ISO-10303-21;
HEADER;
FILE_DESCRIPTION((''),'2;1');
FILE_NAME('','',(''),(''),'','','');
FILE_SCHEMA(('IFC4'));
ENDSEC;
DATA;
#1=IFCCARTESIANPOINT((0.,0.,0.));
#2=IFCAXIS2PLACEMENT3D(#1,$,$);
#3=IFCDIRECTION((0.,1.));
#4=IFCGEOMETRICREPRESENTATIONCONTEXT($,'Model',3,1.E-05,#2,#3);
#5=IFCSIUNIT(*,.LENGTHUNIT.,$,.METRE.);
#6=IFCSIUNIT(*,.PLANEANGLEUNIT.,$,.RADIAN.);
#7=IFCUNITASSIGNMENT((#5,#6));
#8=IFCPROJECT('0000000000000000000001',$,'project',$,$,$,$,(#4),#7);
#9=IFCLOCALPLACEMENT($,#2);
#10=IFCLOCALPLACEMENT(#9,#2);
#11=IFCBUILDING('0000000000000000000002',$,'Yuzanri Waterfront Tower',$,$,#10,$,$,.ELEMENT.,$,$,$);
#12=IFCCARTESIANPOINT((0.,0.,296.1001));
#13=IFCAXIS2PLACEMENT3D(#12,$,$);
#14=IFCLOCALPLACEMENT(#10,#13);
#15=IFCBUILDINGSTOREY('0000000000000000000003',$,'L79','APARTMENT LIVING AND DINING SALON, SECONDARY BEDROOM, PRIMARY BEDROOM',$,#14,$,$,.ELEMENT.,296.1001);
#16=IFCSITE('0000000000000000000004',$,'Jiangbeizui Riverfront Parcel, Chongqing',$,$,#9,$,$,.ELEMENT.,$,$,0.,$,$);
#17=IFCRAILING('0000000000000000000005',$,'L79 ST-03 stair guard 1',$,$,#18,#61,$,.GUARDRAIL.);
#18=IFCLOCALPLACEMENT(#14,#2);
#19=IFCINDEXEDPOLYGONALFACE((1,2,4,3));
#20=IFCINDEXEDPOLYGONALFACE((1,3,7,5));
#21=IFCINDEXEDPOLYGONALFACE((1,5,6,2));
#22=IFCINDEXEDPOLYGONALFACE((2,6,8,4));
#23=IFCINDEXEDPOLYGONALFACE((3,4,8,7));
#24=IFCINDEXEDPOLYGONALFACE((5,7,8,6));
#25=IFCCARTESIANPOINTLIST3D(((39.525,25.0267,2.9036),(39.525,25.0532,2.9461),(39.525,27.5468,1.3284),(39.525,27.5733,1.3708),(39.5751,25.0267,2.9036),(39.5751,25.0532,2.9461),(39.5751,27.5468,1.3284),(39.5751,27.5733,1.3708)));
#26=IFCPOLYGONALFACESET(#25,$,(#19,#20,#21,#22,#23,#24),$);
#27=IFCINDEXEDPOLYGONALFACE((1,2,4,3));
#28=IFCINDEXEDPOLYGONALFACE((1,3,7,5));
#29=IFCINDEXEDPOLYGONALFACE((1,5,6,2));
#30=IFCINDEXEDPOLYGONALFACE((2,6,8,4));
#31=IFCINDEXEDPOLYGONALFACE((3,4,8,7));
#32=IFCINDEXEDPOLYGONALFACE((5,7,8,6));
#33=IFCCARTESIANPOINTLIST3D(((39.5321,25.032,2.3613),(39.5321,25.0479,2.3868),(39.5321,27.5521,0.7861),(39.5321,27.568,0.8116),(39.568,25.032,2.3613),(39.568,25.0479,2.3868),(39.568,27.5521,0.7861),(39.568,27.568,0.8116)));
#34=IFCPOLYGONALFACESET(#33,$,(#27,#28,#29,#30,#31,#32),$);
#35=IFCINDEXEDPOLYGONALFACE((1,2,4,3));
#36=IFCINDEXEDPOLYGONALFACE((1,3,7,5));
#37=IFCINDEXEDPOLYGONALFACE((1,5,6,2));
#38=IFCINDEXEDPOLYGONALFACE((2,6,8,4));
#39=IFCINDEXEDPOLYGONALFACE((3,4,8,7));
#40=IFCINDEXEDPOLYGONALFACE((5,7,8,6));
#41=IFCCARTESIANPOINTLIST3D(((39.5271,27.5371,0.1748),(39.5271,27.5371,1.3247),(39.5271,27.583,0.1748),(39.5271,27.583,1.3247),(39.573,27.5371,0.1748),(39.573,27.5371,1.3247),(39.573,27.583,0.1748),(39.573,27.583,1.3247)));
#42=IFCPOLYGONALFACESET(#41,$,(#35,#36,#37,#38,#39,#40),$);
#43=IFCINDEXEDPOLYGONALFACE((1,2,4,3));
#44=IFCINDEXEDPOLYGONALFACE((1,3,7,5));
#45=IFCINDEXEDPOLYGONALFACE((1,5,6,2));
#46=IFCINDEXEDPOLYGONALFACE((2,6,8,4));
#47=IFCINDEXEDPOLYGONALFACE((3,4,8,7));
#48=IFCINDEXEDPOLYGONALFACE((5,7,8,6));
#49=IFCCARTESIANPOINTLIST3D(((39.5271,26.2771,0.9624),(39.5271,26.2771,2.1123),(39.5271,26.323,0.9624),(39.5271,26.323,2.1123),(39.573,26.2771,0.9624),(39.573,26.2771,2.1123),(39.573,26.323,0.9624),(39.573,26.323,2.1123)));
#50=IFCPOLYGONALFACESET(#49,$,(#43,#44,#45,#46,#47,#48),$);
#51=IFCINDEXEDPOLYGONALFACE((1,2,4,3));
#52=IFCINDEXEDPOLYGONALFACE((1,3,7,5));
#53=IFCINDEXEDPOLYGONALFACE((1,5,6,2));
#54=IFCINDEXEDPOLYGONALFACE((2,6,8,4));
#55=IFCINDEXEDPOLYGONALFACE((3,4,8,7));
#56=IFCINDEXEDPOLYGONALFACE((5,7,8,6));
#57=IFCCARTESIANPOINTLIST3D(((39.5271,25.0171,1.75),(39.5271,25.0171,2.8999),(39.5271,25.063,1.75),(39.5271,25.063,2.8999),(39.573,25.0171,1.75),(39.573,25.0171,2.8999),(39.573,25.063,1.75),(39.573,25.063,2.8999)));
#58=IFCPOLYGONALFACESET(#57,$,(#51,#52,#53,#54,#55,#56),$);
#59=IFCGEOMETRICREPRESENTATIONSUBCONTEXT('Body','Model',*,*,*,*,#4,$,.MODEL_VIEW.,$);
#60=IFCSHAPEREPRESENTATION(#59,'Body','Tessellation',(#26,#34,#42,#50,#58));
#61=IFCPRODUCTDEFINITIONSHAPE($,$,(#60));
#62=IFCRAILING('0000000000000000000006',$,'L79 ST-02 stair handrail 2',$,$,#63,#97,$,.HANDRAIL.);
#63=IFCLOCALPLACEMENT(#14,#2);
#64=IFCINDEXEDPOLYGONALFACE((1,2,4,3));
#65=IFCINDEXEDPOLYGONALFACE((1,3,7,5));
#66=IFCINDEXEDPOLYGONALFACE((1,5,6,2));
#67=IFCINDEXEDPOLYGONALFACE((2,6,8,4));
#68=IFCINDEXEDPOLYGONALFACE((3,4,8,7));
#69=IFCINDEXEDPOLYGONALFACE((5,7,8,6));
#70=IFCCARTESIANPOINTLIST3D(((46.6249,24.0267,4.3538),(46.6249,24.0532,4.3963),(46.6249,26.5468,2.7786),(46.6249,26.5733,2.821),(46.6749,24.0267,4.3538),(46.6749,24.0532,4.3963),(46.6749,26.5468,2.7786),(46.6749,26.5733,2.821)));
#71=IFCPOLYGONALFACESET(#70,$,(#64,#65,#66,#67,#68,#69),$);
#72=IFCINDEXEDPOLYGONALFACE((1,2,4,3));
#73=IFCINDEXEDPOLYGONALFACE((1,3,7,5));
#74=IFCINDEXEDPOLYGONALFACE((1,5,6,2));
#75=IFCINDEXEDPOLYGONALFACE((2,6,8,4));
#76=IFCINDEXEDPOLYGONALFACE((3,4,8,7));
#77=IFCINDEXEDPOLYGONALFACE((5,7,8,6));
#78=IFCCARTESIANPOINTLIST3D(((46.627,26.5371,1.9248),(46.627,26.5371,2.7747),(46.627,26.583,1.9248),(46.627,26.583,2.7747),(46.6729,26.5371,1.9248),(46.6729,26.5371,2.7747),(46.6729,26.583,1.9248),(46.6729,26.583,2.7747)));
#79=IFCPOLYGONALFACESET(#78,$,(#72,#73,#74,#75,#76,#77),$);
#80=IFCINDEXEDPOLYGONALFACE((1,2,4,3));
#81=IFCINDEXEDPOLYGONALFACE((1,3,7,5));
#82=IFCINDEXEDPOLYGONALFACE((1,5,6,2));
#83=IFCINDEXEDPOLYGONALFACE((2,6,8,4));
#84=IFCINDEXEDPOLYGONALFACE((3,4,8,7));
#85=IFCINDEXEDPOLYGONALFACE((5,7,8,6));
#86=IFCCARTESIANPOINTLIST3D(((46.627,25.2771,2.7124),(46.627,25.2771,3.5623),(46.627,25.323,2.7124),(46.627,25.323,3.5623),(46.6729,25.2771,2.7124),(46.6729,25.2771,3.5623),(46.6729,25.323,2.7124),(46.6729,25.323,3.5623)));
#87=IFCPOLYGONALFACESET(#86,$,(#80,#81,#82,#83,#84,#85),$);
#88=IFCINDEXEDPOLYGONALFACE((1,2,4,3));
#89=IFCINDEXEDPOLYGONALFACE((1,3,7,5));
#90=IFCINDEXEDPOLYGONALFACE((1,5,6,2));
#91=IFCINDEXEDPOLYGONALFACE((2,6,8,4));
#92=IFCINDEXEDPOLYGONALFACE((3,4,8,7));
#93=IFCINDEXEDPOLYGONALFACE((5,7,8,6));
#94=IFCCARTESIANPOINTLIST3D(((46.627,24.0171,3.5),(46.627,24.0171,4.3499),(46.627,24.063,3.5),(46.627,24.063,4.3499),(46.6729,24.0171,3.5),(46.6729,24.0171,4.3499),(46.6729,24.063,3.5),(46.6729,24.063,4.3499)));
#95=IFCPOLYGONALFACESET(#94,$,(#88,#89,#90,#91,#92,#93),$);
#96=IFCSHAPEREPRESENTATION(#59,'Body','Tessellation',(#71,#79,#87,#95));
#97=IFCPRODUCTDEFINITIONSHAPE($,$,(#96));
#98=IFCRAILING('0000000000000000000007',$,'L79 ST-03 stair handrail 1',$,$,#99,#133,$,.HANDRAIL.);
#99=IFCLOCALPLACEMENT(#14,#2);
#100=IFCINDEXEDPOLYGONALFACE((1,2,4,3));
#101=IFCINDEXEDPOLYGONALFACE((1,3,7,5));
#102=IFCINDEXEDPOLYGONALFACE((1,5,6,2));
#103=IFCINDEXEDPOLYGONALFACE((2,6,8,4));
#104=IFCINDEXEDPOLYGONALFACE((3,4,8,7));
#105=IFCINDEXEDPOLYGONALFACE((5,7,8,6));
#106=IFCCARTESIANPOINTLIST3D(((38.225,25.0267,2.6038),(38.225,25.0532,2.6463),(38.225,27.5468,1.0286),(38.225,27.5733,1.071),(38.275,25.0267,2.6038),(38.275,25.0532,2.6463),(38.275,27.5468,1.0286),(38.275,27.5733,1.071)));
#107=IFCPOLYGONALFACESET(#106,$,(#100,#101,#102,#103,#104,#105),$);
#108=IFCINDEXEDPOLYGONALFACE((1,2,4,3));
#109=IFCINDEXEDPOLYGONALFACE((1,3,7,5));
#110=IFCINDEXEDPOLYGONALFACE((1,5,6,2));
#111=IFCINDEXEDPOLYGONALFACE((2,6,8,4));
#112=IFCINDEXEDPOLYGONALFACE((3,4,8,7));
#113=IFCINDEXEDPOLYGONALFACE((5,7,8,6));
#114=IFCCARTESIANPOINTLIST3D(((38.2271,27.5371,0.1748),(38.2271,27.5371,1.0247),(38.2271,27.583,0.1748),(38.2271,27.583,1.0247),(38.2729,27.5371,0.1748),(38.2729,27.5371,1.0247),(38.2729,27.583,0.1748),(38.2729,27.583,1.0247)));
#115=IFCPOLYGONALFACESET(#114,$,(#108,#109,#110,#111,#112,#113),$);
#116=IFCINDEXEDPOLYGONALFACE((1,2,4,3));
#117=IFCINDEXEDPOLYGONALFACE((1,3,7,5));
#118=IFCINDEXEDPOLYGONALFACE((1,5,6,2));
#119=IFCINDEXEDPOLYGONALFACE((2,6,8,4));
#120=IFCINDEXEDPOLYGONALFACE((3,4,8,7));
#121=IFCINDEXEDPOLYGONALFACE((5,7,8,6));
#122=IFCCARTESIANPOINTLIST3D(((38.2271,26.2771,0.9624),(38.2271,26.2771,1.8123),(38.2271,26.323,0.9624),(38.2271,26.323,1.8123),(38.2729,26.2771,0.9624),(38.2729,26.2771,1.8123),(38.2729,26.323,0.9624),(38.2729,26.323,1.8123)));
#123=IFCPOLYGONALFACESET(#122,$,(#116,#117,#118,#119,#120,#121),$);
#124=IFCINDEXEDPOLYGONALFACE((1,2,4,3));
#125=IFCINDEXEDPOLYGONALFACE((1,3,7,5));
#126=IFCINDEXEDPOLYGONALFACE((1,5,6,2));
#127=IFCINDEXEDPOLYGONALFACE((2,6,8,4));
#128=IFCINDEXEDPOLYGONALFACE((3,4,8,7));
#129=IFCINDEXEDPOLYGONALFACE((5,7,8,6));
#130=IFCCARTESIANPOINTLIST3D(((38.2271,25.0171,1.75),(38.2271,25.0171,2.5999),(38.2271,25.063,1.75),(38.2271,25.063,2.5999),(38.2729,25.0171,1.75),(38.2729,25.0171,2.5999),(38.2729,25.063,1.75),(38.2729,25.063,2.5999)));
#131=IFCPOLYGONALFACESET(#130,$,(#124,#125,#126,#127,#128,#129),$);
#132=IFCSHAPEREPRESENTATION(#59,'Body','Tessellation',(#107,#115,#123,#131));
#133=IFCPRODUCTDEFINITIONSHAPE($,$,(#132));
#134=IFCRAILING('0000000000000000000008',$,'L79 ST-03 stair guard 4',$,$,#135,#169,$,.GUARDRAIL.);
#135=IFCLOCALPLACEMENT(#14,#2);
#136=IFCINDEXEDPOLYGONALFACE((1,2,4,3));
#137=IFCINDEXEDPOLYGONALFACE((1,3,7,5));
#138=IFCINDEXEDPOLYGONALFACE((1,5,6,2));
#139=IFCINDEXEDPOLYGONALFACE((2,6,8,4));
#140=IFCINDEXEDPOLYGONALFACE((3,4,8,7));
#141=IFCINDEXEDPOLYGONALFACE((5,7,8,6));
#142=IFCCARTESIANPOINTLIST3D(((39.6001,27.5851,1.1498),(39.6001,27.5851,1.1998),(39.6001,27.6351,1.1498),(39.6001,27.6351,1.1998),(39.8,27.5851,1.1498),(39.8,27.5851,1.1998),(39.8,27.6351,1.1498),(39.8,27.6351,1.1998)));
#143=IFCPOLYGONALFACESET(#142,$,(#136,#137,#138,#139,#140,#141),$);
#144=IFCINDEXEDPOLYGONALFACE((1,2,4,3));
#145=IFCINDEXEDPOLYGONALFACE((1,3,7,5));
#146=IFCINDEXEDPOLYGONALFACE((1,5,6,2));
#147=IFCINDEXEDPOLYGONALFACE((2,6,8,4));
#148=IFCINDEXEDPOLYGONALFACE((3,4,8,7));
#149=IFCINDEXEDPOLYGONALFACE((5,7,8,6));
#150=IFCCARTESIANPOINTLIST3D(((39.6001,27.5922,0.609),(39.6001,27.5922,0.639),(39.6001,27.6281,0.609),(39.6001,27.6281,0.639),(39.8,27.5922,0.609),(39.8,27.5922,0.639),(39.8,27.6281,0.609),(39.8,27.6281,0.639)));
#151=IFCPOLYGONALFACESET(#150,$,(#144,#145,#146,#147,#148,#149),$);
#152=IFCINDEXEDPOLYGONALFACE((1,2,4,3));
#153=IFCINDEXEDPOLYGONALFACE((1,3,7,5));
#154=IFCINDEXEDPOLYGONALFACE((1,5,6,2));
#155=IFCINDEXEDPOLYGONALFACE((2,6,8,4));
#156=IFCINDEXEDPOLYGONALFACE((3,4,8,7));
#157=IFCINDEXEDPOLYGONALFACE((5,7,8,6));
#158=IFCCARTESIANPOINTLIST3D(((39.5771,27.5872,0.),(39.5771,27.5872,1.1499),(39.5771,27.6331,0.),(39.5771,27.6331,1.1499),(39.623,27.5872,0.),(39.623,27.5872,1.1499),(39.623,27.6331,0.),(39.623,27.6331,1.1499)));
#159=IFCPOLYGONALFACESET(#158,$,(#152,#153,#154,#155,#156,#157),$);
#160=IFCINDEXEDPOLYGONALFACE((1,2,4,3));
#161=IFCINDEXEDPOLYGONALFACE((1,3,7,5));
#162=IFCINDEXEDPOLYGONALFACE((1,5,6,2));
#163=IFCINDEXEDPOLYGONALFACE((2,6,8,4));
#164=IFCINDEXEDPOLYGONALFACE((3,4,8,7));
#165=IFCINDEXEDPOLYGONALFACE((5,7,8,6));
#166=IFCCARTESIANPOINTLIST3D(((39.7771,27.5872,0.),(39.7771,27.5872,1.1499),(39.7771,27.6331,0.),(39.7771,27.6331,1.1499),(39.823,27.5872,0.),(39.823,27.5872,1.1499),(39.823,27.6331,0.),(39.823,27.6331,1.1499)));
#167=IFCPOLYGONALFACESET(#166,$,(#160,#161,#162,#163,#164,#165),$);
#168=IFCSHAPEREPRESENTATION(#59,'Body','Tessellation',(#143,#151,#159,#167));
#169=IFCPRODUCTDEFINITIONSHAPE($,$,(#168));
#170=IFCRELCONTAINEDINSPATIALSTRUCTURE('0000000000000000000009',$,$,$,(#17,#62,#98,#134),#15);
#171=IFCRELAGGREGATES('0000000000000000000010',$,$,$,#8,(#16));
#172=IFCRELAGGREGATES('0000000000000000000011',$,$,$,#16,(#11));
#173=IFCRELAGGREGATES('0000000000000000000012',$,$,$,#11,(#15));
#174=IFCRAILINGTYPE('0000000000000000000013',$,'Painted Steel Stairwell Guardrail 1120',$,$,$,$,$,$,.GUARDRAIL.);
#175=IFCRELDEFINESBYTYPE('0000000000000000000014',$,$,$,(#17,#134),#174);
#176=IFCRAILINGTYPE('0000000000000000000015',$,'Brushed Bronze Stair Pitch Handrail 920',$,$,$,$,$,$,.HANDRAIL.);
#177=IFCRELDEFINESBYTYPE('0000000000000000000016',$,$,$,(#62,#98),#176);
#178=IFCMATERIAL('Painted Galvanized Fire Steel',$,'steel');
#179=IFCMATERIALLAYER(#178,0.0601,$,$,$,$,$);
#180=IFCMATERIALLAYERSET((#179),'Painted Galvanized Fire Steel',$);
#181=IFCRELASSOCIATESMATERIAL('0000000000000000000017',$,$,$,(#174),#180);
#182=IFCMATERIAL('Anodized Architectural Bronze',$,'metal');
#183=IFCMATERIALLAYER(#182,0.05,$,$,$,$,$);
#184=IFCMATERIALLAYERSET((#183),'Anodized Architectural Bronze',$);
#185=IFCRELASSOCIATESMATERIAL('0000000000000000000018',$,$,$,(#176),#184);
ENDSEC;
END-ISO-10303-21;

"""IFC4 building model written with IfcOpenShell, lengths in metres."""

from ifc_helpers import new_model, si_unit, direction, frame, origin, origin_2d, place, context, subcontext, project, spatial, rectangle, extrude, source, transform, mapped, material, layer, layer_set, type_object, element, save


model = new_model("IFC4")

# Units and contexts
model_context = context("Model", 3, precision=1e-05, world=origin(), true_north=direction((0.0, 1.0)))
body_context = subcontext(model_context, "Body", "Model", "MODEL_VIEW")
ifc_project = project(units=[si_unit("LENGTHUNIT", "METRE"), si_unit("PLANEANGLEUNIT", "RADIAN")], contexts=[model_context])

# Site, building, storey
site_placement = place(None, origin())
site = spatial("IfcSite", under=ifc_project, at=site_placement, Name="Jiangbeizui Riverfront Parcel, Chongqing", CompositionType="ELEMENT", RefElevation=0.0)
building_placement = place(site_placement, origin())
building = spatial("IfcBuilding", under=site, at=building_placement, Name="Yuzanri Waterfront Tower", CompositionType="ELEMENT")
storey_placement = place(building_placement, frame((0.0, 0.0, 296.1001)))
storey = spatial("IfcBuildingStorey", under=building, at=storey_placement, Name="L79", Description="APARTMENT LIVING AND DINING SALON, SECONDARY BEDROOM, PRIMARY BEDROOM", CompositionType="ELEMENT", Elevation=296.1001)

# Railings
ifc_material_1 = material(Name="Painted Galvanized Fire Steel", Category="steel")
ifc_layer_1 = layer(ifc_material_1, 0.0601)
ifc_layer_set_1 = layer_set([ifc_layer_1], Name="Painted Galvanized Fire Steel")
railing_type_1 = type_object("IfcRailingType", Name="Painted Steel Stairwell Guardrail 1120", PredefinedType="GUARDRAIL", material=ifc_layer_set_1)
shared_shape_1 = source(origin(), body_context, "Body", "SweptSolid", [
    extrude(rectangle(XDim=0.05, YDim=0.05, at=origin_2d()), frame((0.0, 0.0, 1.1748), z_axis=(0.0, -0.847971, 0.530043), x_axis=(1.0, 0.0, 0.0)), (0.0, 0.0, 1.0), 2.9719),
    extrude(rectangle(XDim=0.0359, YDim=0.03, at=origin_2d()), frame((0.0, 0.0, 0.624), z_axis=(0.0, -0.847971, 0.530043), x_axis=(1.0, 0.0, 0.0)), (0.0, 0.0, 1.0), 2.9719),
    extrude(rectangle(XDim=0.0459, YDim=0.0459, at=origin_2d()), origin(), (0.0, 0.0, 1.0), 1.1499),
    extrude(rectangle(XDim=0.0459, YDim=0.0459, at=origin_2d()), frame((0.0, -1.26, 0.7876)), (0.0, 0.0, 1.0), 1.1499),
    extrude(rectangle(XDim=0.0459, YDim=0.0459, at=origin_2d()), frame((0.0, -2.52, 1.5752)), (0.0, 0.0, 1.0), 1.1499),
])
for number, where, name in (
    (1, (39.55, 27.5601, 0.1748), "L79 ST-03 stair guard 1"),
):
    element("IfcRailing", number, at=place(storey_placement, frame(where)), inside=storey, type_object=railing_type_1, Name=name, PredefinedType="GUARDRAIL", context=body_context, shape_type="MappedRepresentation", body=[
        mapped(shared_shape_1, transform((0.0, 0.0, 0.0), scale=1.0)),
    ])
ifc_material_2 = material(Name="Anodized Architectural Bronze", Category="metal")
ifc_layer_2 = layer(ifc_material_2, 0.05)
ifc_layer_set_2 = layer_set([ifc_layer_2], Name="Anodized Architectural Bronze")
railing_type_2 = type_object("IfcRailingType", Name="Brushed Bronze Stair Pitch Handrail 920", PredefinedType="HANDRAIL", material=ifc_layer_set_2)
shared_shape_2 = source(origin(), body_context, "Body", "SweptSolid", [
    extrude(rectangle(XDim=0.05, YDim=0.05, at=origin_2d()), frame((0.0, 0.0, 0.875), z_axis=(0.0, -0.847971, 0.530043), x_axis=(1.0, 0.0, 0.0)), (0.0, 0.0, 1.0), 2.9719),
    extrude(rectangle(XDim=0.0459, YDim=0.0459, at=origin_2d()), origin(), (0.0, 0.0, 1.0), 0.8499),
    extrude(rectangle(XDim=0.0459, YDim=0.0459, at=origin_2d()), frame((0.0, -1.26, 0.7876)), (0.0, 0.0, 1.0), 0.8499),
    extrude(rectangle(XDim=0.0459, YDim=0.0459, at=origin_2d()), frame((0.0, -2.52, 1.5752)), (0.0, 0.0, 1.0), 0.8499),
])
for number, where, name in (
    (2, (46.6499, 26.5601, 1.9248), "L79 ST-02 stair handrail 2"),
    (3, (38.25, 27.5601, 0.1748), "L79 ST-03 stair handrail 1"),
):
    element("IfcRailing", number, at=place(storey_placement, frame(where)), inside=storey, type_object=railing_type_2, Name=name, PredefinedType="HANDRAIL", context=body_context, shape_type="MappedRepresentation", body=[
        mapped(shared_shape_2, transform((0.0, 0.0, 0.0), scale=1.0)),
    ])
shared_shape_3 = source(origin(), body_context, "Body", "SweptSolid", [
    extrude(rectangle(XDim=0.05, YDim=0.05, at=origin_2d()), frame((0.0, 0.0, 1.1748), z_axis=(1.0, 0.0, 0.0), x_axis=(0.0, 1.0, 0.0)), (0.0, 0.0, 1.0), 0.2),
    extrude(rectangle(XDim=0.0359, YDim=0.03, at=origin_2d()), frame((0.0, 0.0, 0.624), z_axis=(1.0, 0.0, 0.0), x_axis=(0.0, 1.0, 0.0)), (0.0, 0.0, 1.0), 0.2),
    extrude(rectangle(XDim=0.0459, YDim=0.0459, at=origin_2d()), origin(), (0.0, 0.0, 1.0), 1.1499),
    extrude(rectangle(XDim=0.0459, YDim=0.0459, at=origin_2d()), frame((0.2, 0.0, 0.0)), (0.0, 0.0, 1.0), 1.1499),
])
railing_placement = place(storey_placement, frame((39.6001, 27.6101, 0.0)))
element("IfcRailing", 4, at=railing_placement, inside=storey, type_object=railing_type_1, Name="L79 ST-03 stair guard 4", PredefinedType="GUARDRAIL", context=body_context, shape_type="MappedRepresentation", body=[
    mapped(shared_shape_3, transform((0.0, 0.0, 0.0), scale=1.0)),
])

save(model, "model.ifc")
